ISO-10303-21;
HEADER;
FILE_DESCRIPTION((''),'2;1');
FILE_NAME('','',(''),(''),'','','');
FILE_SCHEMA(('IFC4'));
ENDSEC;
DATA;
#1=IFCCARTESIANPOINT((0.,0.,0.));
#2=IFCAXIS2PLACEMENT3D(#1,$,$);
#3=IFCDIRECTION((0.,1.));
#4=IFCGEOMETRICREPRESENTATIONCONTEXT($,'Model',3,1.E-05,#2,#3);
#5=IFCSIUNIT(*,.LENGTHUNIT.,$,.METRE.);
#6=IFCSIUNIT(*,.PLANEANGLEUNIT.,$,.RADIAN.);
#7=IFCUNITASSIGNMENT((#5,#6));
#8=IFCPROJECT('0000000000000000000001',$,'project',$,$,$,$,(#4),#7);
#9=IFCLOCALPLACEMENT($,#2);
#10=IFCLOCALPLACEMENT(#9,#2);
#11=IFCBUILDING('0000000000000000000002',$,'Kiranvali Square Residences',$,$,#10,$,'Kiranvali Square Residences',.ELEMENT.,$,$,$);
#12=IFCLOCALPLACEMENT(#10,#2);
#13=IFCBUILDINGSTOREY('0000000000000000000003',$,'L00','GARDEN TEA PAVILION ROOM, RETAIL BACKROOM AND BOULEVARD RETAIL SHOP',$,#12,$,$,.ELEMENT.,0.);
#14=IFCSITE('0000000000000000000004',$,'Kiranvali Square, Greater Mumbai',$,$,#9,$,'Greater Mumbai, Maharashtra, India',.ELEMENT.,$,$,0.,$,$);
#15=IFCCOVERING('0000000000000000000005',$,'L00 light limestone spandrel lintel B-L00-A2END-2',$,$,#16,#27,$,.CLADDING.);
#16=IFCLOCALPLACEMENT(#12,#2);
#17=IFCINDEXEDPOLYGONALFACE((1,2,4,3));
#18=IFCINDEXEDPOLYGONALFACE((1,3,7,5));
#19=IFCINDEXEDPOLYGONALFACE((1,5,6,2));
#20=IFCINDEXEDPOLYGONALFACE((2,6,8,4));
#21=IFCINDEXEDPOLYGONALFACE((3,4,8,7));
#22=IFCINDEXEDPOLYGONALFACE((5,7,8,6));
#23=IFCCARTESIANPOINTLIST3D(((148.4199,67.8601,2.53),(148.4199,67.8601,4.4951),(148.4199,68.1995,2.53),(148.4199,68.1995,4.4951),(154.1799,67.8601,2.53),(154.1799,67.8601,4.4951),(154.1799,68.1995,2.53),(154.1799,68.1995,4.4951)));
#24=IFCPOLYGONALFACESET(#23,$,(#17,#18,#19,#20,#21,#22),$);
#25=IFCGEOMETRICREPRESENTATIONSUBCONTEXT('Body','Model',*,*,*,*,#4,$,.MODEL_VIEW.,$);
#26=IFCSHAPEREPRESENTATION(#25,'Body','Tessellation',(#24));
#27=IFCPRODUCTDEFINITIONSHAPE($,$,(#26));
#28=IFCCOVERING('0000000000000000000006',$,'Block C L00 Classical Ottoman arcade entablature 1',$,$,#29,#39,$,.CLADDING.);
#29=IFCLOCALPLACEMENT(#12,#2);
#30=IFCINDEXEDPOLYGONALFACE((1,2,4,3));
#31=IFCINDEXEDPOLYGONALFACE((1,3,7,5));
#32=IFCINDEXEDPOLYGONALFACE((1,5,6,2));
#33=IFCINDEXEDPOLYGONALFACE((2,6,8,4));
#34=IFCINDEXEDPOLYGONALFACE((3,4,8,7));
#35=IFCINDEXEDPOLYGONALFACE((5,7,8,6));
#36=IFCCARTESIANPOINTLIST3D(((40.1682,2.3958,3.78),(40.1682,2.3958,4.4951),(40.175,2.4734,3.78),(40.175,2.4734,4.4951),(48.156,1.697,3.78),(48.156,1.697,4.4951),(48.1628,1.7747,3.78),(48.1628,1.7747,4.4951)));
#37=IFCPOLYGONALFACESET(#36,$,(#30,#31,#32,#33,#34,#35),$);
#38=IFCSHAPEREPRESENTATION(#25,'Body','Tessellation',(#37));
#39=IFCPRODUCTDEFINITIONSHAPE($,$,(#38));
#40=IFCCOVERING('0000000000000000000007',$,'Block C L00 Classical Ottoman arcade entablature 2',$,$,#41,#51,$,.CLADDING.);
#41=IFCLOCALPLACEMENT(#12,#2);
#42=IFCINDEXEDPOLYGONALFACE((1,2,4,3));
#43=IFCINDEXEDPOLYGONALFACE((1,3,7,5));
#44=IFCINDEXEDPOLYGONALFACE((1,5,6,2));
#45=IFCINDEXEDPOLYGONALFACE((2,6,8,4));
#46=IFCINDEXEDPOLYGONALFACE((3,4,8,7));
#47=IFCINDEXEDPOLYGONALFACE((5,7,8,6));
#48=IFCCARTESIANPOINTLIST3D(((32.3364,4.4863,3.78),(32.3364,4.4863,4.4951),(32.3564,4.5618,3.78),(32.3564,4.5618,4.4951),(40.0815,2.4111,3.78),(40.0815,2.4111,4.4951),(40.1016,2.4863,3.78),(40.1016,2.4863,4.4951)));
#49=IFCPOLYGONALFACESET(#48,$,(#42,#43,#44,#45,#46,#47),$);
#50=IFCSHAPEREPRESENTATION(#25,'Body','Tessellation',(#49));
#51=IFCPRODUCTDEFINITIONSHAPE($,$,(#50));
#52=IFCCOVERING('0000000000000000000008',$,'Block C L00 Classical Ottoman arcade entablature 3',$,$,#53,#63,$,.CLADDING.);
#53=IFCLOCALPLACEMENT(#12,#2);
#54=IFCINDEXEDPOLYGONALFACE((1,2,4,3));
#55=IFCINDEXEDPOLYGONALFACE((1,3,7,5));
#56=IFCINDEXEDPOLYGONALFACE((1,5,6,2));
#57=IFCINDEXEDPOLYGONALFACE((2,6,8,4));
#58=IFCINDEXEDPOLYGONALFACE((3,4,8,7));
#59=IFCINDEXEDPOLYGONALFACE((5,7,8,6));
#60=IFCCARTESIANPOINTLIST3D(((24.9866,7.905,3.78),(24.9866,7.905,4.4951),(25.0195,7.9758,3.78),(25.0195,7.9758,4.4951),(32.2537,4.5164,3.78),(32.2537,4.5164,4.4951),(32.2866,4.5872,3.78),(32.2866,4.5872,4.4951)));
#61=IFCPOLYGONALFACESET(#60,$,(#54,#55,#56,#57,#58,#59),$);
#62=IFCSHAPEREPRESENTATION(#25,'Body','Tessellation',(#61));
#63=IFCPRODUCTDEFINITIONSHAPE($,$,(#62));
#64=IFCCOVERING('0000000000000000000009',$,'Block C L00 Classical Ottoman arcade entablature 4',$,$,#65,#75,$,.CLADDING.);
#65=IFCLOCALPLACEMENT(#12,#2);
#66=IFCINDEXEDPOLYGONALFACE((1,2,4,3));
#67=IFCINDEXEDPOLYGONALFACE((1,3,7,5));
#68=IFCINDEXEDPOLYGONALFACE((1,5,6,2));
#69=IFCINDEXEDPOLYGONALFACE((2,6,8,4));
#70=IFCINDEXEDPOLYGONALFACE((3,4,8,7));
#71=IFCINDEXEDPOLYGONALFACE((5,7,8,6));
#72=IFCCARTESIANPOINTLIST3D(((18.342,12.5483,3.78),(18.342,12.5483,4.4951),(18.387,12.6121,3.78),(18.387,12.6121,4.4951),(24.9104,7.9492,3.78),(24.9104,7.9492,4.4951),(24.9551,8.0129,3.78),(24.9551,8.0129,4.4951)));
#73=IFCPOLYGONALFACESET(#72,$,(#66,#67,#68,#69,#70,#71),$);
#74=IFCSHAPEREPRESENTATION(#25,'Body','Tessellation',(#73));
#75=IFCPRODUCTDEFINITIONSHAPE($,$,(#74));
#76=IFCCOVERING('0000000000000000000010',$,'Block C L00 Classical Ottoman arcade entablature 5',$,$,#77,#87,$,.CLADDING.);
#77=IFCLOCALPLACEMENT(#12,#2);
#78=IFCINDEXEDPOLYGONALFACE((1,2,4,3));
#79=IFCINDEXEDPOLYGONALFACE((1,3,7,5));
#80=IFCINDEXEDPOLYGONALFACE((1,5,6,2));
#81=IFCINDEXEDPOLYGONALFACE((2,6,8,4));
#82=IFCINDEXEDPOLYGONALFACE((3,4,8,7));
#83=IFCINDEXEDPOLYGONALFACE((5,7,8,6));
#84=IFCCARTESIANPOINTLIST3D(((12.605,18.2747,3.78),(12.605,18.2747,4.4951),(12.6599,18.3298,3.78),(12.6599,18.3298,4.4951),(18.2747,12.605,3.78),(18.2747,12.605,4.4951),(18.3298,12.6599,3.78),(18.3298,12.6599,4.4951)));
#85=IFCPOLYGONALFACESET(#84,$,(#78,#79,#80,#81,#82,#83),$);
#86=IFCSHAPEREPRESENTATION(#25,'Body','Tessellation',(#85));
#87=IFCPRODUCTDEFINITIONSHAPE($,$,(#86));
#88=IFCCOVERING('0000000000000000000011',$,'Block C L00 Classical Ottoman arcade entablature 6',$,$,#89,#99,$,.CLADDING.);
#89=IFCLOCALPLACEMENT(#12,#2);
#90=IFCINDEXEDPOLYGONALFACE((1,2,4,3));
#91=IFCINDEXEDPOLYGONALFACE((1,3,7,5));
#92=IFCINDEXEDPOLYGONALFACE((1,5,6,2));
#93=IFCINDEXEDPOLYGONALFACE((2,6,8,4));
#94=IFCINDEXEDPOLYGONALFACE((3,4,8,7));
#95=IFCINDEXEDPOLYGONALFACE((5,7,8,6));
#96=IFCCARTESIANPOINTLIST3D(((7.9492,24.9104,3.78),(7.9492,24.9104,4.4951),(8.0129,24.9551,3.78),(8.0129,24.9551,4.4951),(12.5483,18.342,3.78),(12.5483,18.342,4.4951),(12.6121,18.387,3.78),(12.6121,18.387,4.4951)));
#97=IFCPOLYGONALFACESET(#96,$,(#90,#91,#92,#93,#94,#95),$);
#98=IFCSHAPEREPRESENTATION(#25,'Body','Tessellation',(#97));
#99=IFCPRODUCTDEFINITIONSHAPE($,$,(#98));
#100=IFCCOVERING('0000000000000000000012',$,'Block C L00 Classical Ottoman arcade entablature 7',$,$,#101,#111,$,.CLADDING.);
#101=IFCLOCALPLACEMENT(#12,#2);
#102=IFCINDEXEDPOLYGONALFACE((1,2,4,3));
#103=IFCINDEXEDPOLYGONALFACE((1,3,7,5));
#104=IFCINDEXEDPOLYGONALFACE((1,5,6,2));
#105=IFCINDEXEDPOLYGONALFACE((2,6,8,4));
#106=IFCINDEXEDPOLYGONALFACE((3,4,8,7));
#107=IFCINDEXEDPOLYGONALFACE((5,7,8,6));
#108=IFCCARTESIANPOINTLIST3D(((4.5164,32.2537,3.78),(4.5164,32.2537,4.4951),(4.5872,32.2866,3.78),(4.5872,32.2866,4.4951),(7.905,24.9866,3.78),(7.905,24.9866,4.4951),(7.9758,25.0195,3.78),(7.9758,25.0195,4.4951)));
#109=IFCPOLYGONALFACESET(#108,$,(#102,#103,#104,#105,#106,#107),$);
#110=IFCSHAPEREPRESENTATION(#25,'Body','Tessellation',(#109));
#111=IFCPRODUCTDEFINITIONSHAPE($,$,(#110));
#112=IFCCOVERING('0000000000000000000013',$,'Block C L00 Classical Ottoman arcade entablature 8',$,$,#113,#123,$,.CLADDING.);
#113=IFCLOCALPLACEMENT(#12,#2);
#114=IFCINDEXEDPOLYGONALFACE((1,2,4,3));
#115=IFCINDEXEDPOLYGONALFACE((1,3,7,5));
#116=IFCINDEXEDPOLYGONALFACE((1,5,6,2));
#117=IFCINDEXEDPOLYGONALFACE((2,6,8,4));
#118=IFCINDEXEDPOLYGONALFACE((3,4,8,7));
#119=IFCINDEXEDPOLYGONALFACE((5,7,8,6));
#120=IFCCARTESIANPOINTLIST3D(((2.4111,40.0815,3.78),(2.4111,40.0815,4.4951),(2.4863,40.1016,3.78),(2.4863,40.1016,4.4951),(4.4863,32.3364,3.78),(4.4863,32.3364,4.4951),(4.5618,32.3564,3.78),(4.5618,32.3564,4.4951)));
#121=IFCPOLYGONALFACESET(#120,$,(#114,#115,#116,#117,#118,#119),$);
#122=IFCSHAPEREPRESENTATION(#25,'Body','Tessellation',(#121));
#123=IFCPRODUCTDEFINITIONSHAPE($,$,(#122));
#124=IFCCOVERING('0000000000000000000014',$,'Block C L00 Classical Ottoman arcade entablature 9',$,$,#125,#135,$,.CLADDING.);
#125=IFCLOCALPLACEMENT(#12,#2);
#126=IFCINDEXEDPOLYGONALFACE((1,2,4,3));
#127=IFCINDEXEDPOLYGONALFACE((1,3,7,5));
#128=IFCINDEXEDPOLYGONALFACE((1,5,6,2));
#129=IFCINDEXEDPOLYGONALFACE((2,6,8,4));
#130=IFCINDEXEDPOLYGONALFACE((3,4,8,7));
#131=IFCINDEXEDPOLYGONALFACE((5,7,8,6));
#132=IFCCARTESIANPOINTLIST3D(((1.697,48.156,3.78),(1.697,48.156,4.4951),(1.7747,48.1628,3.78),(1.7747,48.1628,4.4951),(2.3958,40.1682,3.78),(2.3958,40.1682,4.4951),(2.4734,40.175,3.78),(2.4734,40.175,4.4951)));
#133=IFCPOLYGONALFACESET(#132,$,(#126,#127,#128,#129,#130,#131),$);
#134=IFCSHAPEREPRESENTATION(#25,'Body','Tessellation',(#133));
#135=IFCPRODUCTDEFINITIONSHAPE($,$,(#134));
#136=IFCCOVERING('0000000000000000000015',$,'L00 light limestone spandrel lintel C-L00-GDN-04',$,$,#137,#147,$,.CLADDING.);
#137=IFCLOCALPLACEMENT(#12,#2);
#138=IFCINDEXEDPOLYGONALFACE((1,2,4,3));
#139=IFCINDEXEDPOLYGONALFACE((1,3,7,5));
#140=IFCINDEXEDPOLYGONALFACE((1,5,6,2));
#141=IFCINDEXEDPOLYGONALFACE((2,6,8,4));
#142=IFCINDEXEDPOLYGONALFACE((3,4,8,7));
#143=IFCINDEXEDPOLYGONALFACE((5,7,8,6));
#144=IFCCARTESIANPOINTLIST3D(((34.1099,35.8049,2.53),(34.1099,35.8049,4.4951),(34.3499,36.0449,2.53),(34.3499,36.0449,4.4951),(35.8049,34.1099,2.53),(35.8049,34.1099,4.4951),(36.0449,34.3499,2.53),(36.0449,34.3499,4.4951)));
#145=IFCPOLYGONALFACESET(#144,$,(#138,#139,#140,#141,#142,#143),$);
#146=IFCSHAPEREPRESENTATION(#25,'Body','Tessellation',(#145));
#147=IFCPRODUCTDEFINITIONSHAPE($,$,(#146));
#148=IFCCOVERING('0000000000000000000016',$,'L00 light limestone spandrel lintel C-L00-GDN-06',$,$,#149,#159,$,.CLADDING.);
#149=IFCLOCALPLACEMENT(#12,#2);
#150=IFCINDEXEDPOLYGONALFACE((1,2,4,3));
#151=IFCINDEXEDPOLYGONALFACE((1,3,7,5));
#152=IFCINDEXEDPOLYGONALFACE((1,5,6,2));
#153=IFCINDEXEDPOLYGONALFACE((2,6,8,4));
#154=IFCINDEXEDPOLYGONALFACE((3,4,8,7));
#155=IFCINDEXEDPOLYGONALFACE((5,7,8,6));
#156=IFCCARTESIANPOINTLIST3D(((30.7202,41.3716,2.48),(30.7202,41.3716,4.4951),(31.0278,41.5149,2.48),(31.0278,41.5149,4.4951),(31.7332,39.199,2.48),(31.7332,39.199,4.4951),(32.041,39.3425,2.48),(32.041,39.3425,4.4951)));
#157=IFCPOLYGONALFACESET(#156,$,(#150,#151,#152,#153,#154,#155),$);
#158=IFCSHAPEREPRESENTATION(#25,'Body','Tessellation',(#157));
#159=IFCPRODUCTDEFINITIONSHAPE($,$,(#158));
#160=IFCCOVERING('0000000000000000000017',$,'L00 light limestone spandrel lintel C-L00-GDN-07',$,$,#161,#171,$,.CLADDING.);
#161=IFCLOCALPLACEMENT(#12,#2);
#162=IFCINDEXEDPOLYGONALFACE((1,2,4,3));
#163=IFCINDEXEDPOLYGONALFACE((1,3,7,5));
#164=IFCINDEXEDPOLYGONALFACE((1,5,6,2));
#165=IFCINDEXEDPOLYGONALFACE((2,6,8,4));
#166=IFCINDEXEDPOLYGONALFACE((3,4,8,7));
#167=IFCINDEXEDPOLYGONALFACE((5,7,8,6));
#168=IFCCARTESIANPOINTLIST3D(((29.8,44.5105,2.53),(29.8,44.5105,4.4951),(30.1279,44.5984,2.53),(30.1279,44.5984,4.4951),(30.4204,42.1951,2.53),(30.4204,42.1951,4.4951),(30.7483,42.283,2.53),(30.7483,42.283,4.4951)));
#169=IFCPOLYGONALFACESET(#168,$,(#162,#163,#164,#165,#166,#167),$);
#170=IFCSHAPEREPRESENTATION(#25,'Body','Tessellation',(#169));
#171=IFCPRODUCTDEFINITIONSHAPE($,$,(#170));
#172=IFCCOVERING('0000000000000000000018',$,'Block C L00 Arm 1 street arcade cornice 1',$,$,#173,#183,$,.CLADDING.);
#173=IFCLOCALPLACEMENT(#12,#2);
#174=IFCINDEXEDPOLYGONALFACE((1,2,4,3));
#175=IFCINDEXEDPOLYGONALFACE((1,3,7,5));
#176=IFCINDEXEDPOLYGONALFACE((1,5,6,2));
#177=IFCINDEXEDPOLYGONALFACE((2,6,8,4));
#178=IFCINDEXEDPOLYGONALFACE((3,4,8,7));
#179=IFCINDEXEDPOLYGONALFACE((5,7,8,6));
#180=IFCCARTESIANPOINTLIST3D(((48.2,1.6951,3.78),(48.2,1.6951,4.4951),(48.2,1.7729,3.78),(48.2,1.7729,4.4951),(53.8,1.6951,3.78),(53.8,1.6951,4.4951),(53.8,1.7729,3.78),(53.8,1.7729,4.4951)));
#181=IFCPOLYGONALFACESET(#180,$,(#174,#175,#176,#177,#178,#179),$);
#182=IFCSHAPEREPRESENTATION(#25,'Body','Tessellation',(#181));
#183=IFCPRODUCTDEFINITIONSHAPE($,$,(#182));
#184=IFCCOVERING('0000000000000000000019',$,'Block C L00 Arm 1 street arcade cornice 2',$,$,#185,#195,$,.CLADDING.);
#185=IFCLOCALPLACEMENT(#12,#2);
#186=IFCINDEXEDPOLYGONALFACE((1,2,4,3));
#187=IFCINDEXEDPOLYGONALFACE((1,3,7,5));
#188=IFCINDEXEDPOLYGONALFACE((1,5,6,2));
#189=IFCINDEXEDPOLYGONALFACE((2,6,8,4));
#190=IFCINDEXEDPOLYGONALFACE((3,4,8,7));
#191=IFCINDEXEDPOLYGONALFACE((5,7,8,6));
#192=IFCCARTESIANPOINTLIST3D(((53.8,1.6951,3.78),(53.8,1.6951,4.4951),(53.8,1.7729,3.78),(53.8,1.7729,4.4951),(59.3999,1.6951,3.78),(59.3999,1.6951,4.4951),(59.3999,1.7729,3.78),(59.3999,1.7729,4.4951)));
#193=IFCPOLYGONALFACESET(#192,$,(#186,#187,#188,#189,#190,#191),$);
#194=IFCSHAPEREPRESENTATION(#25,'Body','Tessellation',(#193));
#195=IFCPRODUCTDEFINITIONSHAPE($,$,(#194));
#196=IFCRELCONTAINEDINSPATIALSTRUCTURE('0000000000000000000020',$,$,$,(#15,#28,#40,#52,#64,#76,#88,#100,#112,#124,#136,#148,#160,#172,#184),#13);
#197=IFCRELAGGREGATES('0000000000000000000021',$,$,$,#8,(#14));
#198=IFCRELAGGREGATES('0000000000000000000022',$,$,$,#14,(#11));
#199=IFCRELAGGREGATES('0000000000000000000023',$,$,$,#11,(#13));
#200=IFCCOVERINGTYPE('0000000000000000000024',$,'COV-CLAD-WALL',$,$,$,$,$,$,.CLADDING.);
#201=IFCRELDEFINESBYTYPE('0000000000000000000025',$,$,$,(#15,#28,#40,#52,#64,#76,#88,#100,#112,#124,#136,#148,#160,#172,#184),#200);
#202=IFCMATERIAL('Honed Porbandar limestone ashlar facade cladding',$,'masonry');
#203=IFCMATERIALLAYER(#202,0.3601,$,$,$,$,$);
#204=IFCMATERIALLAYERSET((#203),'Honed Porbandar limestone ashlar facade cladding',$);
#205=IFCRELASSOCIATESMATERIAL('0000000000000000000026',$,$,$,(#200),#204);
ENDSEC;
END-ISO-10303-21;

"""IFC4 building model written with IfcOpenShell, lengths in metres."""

from ifc_helpers import new_model, si_unit, direction, frame, origin, place, context, subcontext, project, spatial, polyline, outline, extrude, material, layer, layer_set, type_object, element, save


model = new_model("IFC4")

# Units and contexts
model_context = context("Model", 3, precision=1e-05, world=origin(), true_north=direction((0.0, 1.0)))
body_context = subcontext(model_context, "Body", "Model", "MODEL_VIEW")
ifc_project = project(units=[si_unit("LENGTHUNIT", "METRE"), si_unit("PLANEANGLEUNIT", "RADIAN")], contexts=[model_context])

# Site, building, storey
site_placement = place(None, origin())
site = spatial("IfcSite", under=ifc_project, at=site_placement, Name="Kiranvali Square, Greater Mumbai", LongName="Greater Mumbai, Maharashtra, India", CompositionType="ELEMENT", RefElevation=0.0)
building_placement = place(site_placement, origin())
building = spatial("IfcBuilding", under=site, at=building_placement, Name="Kiranvali Square Residences", LongName="Kiranvali Square Residences", CompositionType="ELEMENT")
storey_placement = place(building_placement, origin())
storey = spatial("IfcBuildingStorey", under=building, at=storey_placement, Name="L00", Description="GARDEN TEA PAVILION ROOM, RETAIL BACKROOM AND BOULEVARD RETAIL SHOP", CompositionType="ELEMENT", Elevation=0.0)

# Coverings
ifc_material = material(Name="Honed Porbandar limestone ashlar facade cladding", Category="masonry")
ifc_layer = layer(ifc_material, 0.3601)
ifc_layer_set = layer_set([ifc_layer], Name="Honed Porbandar limestone ashlar facade cladding")
covering_type = type_object("IfcCoveringType", Name="COV-CLAD-WALL", PredefinedType="CLADDING", material=ifc_layer_set)
covering_1_placement = place(storey_placement, frame((0.0, 0.0, 2.53)))
element("IfcCovering", 1, at=covering_1_placement, inside=storey, type_object=covering_type, Name="L00 light limestone spandrel lintel B-L00-A2END-2", PredefinedType="CLADDING", context=body_context, shape_type="SweptSolid", body=[
    extrude(outline(polyline([(148.4199, 67.8601), (154.1799, 67.8601), (154.1799, 68.1995), (148.4199, 68.1995), (148.4199, 67.8601)])), origin(), (0.0, 0.0, 1.0), 1.9651),
])
covering_2_placement = place(storey_placement, frame((0.0, 0.0, 3.78)))
element("IfcCovering", 2, at=covering_2_placement, inside=storey, type_object=covering_type, Name="Block C L00 Classical Ottoman arcade entablature 1", PredefinedType="CLADDING", context=body_context, shape_type="SweptSolid", body=[
    extrude(outline(polyline([(48.1628, 1.7747), (40.175, 2.4734), (40.1682, 2.3958), (48.156, 1.697), (48.1628, 1.7747)])), origin(), (0.0, 0.0, 1.0), 0.7151),
])
covering_3_placement = place(storey_placement, frame((0.0, 0.0, 3.78)))
element("IfcCovering", 3, at=covering_3_placement, inside=storey, type_object=covering_type, Name="Block C L00 Classical Ottoman arcade entablature 2", PredefinedType="CLADDING", context=body_context, shape_type="SweptSolid", body=[
    extrude(outline(polyline([(40.1016, 2.4863), (32.3564, 4.5618), (32.3364, 4.4863), (40.0815, 2.4111), (40.1016, 2.4863)])), origin(), (0.0, 0.0, 1.0), 0.7151),
])
covering_4_placement = place(storey_placement, frame((0.0, 0.0, 3.78)))
element("IfcCovering", 4, at=covering_4_placement, inside=storey, type_object=covering_type, Name="Block C L00 Classical Ottoman arcade entablature 3", PredefinedType="CLADDING", context=body_context, shape_type="SweptSolid", body=[
    extrude(outline(polyline([(32.2866, 4.5872), (25.0195, 7.9758), (24.9866, 7.905), (32.2537, 4.5164), (32.2866, 4.5872)])), origin(), (0.0, 0.0, 1.0), 0.7151),
])
covering_5_placement = place(storey_placement, frame((0.0, 0.0, 3.78)))
element("IfcCovering", 5, at=covering_5_placement, inside=storey, type_object=covering_type, Name="Block C L00 Classical Ottoman arcade entablature 4", PredefinedType="CLADDING", context=body_context, shape_type="SweptSolid", body=[
    extrude(outline(polyline([(24.9551, 8.0129), (18.387, 12.6121), (18.342, 12.5483), (24.9104, 7.9492), (24.9551, 8.0129)])), origin(), (0.0, 0.0, 1.0), 0.7151),
])
covering_6_placement = place(storey_placement, frame((0.0, 0.0, 3.78)))
element("IfcCovering", 6, at=covering_6_placement, inside=storey, type_object=covering_type, Name="Block C L00 Classical Ottoman arcade entablature 5", PredefinedType="CLADDING", context=body_context, shape_type="SweptSolid", body=[
    extrude(outline(polyline([(18.3298, 12.6599), (12.6599, 18.3298), (12.605, 18.2747), (18.2747, 12.605), (18.3298, 12.6599)])), origin(), (0.0, 0.0, 1.0), 0.7151),
])
covering_7_placement = place(storey_placement, frame((0.0, 0.0, 3.78)))
element("IfcCovering", 7, at=covering_7_placement, inside=storey, type_object=covering_type, Name="Block C L00 Classical Ottoman arcade entablature 6", PredefinedType="CLADDING", context=body_context, shape_type="SweptSolid", body=[
    extrude(outline(polyline([(12.6121, 18.387), (8.0129, 24.9551), (7.9492, 24.9104), (12.5483, 18.342), (12.6121, 18.387)])), origin(), (0.0, 0.0, 1.0), 0.7151),
])
covering_8_placement = place(storey_placement, frame((0.0, 0.0, 3.78)))
element("IfcCovering", 8, at=covering_8_placement, inside=storey, type_object=covering_type, Name="Block C L00 Classical Ottoman arcade entablature 7", PredefinedType="CLADDING", context=body_context, shape_type="SweptSolid", body=[
    extrude(outline(polyline([(7.9758, 25.0195), (4.5872, 32.2866), (4.5164, 32.2537), (7.905, 24.9866), (7.9758, 25.0195)])), origin(), (0.0, 0.0, 1.0), 0.7151),
])
covering_9_placement = place(storey_placement, frame((0.0, 0.0, 3.78)))
element("IfcCovering", 9, at=covering_9_placement, inside=storey, type_object=covering_type, Name="Block C L00 Classical Ottoman arcade entablature 8", PredefinedType="CLADDING", context=body_context, shape_type="SweptSolid", body=[
    extrude(outline(polyline([(4.5618, 32.3564), (2.4863, 40.1016), (2.4111, 40.0815), (4.4863, 32.3364), (4.5618, 32.3564)])), origin(), (0.0, 0.0, 1.0), 0.7151),
])
covering_10_placement = place(storey_placement, frame((0.0, 0.0, 3.78)))
element("IfcCovering", 10, at=covering_10_placement, inside=storey, type_object=covering_type, Name="Block C L00 Classical Ottoman arcade entablature 9", PredefinedType="CLADDING", context=body_context, shape_type="SweptSolid", body=[
    extrude(outline(polyline([(2.4734, 40.175), (1.7747, 48.1628), (1.697, 48.156), (2.3958, 40.1682), (2.4734, 40.175)])), origin(), (0.0, 0.0, 1.0), 0.7151),
])
covering_11_placement = place(storey_placement, frame((0.0, 0.0, 2.53)))
element("IfcCovering", 11, at=covering_11_placement, inside=storey, type_object=covering_type, Name="L00 light limestone spandrel lintel C-L00-GDN-04", PredefinedType="CLADDING", context=body_context, shape_type="SweptSolid", body=[
    extrude(outline(polyline([(36.0449, 34.3499), (34.3499, 36.0449), (34.1099, 35.8049), (35.8049, 34.1099), (36.0449, 34.3499)])), origin(), (0.0, 0.0, 1.0), 1.9651),
])
covering_12_placement = place(storey_placement, frame((0.0, 0.0, 2.48)))
element("IfcCovering", 12, at=covering_12_placement, inside=storey, type_object=covering_type, Name="L00 light limestone spandrel lintel C-L00-GDN-06", PredefinedType="CLADDING", context=body_context, shape_type="SweptSolid", body=[
    extrude(outline(polyline([(32.041, 39.3425), (31.0278, 41.5149), (30.7202, 41.3716), (31.7332, 39.199), (32.041, 39.3425)])), origin(), (0.0, 0.0, 1.0), 2.0151),
])
covering_13_placement = place(storey_placement, frame((0.0, 0.0, 2.53)))
element("IfcCovering", 13, at=covering_13_placement, inside=storey, type_object=covering_type, Name="L00 light limestone spandrel lintel C-L00-GDN-07", PredefinedType="CLADDING", context=body_context, shape_type="SweptSolid", body=[
    extrude(outline(polyline([(30.7483, 42.283), (30.1279, 44.5984), (29.8, 44.5105), (30.4204, 42.1951), (30.7483, 42.283)])), origin(), (0.0, 0.0, 1.0), 1.9651),
])
covering_14_placement = place(storey_placement, frame((0.0, 0.0, 3.78)))
element("IfcCovering", 14, at=covering_14_placement, inside=storey, type_object=covering_type, Name="Block C L00 Arm 1 street arcade cornice 1", PredefinedType="CLADDING", context=body_context, shape_type="SweptSolid", body=[
    extrude(outline(polyline([(48.2, 1.6951), (53.8, 1.6951), (53.8, 1.7729), (48.2, 1.7729), (48.2, 1.6951)])), origin(), (0.0, 0.0, 1.0), 0.7151),
])
covering_15_placement = place(storey_placement, frame((0.0, 0.0, 3.78)))
element("IfcCovering", 15, at=covering_15_placement, inside=storey, type_object=covering_type, Name="Block C L00 Arm 1 street arcade cornice 2", PredefinedType="CLADDING", context=body_context, shape_type="SweptSolid", body=[
    extrude(outline(polyline([(53.8, 1.6951), (59.3999, 1.6951), (59.3999, 1.7729), (53.8, 1.7729), (53.8, 1.6951)])), origin(), (0.0, 0.0, 1.0), 0.7151),
])

save(model, "model.ifc")
